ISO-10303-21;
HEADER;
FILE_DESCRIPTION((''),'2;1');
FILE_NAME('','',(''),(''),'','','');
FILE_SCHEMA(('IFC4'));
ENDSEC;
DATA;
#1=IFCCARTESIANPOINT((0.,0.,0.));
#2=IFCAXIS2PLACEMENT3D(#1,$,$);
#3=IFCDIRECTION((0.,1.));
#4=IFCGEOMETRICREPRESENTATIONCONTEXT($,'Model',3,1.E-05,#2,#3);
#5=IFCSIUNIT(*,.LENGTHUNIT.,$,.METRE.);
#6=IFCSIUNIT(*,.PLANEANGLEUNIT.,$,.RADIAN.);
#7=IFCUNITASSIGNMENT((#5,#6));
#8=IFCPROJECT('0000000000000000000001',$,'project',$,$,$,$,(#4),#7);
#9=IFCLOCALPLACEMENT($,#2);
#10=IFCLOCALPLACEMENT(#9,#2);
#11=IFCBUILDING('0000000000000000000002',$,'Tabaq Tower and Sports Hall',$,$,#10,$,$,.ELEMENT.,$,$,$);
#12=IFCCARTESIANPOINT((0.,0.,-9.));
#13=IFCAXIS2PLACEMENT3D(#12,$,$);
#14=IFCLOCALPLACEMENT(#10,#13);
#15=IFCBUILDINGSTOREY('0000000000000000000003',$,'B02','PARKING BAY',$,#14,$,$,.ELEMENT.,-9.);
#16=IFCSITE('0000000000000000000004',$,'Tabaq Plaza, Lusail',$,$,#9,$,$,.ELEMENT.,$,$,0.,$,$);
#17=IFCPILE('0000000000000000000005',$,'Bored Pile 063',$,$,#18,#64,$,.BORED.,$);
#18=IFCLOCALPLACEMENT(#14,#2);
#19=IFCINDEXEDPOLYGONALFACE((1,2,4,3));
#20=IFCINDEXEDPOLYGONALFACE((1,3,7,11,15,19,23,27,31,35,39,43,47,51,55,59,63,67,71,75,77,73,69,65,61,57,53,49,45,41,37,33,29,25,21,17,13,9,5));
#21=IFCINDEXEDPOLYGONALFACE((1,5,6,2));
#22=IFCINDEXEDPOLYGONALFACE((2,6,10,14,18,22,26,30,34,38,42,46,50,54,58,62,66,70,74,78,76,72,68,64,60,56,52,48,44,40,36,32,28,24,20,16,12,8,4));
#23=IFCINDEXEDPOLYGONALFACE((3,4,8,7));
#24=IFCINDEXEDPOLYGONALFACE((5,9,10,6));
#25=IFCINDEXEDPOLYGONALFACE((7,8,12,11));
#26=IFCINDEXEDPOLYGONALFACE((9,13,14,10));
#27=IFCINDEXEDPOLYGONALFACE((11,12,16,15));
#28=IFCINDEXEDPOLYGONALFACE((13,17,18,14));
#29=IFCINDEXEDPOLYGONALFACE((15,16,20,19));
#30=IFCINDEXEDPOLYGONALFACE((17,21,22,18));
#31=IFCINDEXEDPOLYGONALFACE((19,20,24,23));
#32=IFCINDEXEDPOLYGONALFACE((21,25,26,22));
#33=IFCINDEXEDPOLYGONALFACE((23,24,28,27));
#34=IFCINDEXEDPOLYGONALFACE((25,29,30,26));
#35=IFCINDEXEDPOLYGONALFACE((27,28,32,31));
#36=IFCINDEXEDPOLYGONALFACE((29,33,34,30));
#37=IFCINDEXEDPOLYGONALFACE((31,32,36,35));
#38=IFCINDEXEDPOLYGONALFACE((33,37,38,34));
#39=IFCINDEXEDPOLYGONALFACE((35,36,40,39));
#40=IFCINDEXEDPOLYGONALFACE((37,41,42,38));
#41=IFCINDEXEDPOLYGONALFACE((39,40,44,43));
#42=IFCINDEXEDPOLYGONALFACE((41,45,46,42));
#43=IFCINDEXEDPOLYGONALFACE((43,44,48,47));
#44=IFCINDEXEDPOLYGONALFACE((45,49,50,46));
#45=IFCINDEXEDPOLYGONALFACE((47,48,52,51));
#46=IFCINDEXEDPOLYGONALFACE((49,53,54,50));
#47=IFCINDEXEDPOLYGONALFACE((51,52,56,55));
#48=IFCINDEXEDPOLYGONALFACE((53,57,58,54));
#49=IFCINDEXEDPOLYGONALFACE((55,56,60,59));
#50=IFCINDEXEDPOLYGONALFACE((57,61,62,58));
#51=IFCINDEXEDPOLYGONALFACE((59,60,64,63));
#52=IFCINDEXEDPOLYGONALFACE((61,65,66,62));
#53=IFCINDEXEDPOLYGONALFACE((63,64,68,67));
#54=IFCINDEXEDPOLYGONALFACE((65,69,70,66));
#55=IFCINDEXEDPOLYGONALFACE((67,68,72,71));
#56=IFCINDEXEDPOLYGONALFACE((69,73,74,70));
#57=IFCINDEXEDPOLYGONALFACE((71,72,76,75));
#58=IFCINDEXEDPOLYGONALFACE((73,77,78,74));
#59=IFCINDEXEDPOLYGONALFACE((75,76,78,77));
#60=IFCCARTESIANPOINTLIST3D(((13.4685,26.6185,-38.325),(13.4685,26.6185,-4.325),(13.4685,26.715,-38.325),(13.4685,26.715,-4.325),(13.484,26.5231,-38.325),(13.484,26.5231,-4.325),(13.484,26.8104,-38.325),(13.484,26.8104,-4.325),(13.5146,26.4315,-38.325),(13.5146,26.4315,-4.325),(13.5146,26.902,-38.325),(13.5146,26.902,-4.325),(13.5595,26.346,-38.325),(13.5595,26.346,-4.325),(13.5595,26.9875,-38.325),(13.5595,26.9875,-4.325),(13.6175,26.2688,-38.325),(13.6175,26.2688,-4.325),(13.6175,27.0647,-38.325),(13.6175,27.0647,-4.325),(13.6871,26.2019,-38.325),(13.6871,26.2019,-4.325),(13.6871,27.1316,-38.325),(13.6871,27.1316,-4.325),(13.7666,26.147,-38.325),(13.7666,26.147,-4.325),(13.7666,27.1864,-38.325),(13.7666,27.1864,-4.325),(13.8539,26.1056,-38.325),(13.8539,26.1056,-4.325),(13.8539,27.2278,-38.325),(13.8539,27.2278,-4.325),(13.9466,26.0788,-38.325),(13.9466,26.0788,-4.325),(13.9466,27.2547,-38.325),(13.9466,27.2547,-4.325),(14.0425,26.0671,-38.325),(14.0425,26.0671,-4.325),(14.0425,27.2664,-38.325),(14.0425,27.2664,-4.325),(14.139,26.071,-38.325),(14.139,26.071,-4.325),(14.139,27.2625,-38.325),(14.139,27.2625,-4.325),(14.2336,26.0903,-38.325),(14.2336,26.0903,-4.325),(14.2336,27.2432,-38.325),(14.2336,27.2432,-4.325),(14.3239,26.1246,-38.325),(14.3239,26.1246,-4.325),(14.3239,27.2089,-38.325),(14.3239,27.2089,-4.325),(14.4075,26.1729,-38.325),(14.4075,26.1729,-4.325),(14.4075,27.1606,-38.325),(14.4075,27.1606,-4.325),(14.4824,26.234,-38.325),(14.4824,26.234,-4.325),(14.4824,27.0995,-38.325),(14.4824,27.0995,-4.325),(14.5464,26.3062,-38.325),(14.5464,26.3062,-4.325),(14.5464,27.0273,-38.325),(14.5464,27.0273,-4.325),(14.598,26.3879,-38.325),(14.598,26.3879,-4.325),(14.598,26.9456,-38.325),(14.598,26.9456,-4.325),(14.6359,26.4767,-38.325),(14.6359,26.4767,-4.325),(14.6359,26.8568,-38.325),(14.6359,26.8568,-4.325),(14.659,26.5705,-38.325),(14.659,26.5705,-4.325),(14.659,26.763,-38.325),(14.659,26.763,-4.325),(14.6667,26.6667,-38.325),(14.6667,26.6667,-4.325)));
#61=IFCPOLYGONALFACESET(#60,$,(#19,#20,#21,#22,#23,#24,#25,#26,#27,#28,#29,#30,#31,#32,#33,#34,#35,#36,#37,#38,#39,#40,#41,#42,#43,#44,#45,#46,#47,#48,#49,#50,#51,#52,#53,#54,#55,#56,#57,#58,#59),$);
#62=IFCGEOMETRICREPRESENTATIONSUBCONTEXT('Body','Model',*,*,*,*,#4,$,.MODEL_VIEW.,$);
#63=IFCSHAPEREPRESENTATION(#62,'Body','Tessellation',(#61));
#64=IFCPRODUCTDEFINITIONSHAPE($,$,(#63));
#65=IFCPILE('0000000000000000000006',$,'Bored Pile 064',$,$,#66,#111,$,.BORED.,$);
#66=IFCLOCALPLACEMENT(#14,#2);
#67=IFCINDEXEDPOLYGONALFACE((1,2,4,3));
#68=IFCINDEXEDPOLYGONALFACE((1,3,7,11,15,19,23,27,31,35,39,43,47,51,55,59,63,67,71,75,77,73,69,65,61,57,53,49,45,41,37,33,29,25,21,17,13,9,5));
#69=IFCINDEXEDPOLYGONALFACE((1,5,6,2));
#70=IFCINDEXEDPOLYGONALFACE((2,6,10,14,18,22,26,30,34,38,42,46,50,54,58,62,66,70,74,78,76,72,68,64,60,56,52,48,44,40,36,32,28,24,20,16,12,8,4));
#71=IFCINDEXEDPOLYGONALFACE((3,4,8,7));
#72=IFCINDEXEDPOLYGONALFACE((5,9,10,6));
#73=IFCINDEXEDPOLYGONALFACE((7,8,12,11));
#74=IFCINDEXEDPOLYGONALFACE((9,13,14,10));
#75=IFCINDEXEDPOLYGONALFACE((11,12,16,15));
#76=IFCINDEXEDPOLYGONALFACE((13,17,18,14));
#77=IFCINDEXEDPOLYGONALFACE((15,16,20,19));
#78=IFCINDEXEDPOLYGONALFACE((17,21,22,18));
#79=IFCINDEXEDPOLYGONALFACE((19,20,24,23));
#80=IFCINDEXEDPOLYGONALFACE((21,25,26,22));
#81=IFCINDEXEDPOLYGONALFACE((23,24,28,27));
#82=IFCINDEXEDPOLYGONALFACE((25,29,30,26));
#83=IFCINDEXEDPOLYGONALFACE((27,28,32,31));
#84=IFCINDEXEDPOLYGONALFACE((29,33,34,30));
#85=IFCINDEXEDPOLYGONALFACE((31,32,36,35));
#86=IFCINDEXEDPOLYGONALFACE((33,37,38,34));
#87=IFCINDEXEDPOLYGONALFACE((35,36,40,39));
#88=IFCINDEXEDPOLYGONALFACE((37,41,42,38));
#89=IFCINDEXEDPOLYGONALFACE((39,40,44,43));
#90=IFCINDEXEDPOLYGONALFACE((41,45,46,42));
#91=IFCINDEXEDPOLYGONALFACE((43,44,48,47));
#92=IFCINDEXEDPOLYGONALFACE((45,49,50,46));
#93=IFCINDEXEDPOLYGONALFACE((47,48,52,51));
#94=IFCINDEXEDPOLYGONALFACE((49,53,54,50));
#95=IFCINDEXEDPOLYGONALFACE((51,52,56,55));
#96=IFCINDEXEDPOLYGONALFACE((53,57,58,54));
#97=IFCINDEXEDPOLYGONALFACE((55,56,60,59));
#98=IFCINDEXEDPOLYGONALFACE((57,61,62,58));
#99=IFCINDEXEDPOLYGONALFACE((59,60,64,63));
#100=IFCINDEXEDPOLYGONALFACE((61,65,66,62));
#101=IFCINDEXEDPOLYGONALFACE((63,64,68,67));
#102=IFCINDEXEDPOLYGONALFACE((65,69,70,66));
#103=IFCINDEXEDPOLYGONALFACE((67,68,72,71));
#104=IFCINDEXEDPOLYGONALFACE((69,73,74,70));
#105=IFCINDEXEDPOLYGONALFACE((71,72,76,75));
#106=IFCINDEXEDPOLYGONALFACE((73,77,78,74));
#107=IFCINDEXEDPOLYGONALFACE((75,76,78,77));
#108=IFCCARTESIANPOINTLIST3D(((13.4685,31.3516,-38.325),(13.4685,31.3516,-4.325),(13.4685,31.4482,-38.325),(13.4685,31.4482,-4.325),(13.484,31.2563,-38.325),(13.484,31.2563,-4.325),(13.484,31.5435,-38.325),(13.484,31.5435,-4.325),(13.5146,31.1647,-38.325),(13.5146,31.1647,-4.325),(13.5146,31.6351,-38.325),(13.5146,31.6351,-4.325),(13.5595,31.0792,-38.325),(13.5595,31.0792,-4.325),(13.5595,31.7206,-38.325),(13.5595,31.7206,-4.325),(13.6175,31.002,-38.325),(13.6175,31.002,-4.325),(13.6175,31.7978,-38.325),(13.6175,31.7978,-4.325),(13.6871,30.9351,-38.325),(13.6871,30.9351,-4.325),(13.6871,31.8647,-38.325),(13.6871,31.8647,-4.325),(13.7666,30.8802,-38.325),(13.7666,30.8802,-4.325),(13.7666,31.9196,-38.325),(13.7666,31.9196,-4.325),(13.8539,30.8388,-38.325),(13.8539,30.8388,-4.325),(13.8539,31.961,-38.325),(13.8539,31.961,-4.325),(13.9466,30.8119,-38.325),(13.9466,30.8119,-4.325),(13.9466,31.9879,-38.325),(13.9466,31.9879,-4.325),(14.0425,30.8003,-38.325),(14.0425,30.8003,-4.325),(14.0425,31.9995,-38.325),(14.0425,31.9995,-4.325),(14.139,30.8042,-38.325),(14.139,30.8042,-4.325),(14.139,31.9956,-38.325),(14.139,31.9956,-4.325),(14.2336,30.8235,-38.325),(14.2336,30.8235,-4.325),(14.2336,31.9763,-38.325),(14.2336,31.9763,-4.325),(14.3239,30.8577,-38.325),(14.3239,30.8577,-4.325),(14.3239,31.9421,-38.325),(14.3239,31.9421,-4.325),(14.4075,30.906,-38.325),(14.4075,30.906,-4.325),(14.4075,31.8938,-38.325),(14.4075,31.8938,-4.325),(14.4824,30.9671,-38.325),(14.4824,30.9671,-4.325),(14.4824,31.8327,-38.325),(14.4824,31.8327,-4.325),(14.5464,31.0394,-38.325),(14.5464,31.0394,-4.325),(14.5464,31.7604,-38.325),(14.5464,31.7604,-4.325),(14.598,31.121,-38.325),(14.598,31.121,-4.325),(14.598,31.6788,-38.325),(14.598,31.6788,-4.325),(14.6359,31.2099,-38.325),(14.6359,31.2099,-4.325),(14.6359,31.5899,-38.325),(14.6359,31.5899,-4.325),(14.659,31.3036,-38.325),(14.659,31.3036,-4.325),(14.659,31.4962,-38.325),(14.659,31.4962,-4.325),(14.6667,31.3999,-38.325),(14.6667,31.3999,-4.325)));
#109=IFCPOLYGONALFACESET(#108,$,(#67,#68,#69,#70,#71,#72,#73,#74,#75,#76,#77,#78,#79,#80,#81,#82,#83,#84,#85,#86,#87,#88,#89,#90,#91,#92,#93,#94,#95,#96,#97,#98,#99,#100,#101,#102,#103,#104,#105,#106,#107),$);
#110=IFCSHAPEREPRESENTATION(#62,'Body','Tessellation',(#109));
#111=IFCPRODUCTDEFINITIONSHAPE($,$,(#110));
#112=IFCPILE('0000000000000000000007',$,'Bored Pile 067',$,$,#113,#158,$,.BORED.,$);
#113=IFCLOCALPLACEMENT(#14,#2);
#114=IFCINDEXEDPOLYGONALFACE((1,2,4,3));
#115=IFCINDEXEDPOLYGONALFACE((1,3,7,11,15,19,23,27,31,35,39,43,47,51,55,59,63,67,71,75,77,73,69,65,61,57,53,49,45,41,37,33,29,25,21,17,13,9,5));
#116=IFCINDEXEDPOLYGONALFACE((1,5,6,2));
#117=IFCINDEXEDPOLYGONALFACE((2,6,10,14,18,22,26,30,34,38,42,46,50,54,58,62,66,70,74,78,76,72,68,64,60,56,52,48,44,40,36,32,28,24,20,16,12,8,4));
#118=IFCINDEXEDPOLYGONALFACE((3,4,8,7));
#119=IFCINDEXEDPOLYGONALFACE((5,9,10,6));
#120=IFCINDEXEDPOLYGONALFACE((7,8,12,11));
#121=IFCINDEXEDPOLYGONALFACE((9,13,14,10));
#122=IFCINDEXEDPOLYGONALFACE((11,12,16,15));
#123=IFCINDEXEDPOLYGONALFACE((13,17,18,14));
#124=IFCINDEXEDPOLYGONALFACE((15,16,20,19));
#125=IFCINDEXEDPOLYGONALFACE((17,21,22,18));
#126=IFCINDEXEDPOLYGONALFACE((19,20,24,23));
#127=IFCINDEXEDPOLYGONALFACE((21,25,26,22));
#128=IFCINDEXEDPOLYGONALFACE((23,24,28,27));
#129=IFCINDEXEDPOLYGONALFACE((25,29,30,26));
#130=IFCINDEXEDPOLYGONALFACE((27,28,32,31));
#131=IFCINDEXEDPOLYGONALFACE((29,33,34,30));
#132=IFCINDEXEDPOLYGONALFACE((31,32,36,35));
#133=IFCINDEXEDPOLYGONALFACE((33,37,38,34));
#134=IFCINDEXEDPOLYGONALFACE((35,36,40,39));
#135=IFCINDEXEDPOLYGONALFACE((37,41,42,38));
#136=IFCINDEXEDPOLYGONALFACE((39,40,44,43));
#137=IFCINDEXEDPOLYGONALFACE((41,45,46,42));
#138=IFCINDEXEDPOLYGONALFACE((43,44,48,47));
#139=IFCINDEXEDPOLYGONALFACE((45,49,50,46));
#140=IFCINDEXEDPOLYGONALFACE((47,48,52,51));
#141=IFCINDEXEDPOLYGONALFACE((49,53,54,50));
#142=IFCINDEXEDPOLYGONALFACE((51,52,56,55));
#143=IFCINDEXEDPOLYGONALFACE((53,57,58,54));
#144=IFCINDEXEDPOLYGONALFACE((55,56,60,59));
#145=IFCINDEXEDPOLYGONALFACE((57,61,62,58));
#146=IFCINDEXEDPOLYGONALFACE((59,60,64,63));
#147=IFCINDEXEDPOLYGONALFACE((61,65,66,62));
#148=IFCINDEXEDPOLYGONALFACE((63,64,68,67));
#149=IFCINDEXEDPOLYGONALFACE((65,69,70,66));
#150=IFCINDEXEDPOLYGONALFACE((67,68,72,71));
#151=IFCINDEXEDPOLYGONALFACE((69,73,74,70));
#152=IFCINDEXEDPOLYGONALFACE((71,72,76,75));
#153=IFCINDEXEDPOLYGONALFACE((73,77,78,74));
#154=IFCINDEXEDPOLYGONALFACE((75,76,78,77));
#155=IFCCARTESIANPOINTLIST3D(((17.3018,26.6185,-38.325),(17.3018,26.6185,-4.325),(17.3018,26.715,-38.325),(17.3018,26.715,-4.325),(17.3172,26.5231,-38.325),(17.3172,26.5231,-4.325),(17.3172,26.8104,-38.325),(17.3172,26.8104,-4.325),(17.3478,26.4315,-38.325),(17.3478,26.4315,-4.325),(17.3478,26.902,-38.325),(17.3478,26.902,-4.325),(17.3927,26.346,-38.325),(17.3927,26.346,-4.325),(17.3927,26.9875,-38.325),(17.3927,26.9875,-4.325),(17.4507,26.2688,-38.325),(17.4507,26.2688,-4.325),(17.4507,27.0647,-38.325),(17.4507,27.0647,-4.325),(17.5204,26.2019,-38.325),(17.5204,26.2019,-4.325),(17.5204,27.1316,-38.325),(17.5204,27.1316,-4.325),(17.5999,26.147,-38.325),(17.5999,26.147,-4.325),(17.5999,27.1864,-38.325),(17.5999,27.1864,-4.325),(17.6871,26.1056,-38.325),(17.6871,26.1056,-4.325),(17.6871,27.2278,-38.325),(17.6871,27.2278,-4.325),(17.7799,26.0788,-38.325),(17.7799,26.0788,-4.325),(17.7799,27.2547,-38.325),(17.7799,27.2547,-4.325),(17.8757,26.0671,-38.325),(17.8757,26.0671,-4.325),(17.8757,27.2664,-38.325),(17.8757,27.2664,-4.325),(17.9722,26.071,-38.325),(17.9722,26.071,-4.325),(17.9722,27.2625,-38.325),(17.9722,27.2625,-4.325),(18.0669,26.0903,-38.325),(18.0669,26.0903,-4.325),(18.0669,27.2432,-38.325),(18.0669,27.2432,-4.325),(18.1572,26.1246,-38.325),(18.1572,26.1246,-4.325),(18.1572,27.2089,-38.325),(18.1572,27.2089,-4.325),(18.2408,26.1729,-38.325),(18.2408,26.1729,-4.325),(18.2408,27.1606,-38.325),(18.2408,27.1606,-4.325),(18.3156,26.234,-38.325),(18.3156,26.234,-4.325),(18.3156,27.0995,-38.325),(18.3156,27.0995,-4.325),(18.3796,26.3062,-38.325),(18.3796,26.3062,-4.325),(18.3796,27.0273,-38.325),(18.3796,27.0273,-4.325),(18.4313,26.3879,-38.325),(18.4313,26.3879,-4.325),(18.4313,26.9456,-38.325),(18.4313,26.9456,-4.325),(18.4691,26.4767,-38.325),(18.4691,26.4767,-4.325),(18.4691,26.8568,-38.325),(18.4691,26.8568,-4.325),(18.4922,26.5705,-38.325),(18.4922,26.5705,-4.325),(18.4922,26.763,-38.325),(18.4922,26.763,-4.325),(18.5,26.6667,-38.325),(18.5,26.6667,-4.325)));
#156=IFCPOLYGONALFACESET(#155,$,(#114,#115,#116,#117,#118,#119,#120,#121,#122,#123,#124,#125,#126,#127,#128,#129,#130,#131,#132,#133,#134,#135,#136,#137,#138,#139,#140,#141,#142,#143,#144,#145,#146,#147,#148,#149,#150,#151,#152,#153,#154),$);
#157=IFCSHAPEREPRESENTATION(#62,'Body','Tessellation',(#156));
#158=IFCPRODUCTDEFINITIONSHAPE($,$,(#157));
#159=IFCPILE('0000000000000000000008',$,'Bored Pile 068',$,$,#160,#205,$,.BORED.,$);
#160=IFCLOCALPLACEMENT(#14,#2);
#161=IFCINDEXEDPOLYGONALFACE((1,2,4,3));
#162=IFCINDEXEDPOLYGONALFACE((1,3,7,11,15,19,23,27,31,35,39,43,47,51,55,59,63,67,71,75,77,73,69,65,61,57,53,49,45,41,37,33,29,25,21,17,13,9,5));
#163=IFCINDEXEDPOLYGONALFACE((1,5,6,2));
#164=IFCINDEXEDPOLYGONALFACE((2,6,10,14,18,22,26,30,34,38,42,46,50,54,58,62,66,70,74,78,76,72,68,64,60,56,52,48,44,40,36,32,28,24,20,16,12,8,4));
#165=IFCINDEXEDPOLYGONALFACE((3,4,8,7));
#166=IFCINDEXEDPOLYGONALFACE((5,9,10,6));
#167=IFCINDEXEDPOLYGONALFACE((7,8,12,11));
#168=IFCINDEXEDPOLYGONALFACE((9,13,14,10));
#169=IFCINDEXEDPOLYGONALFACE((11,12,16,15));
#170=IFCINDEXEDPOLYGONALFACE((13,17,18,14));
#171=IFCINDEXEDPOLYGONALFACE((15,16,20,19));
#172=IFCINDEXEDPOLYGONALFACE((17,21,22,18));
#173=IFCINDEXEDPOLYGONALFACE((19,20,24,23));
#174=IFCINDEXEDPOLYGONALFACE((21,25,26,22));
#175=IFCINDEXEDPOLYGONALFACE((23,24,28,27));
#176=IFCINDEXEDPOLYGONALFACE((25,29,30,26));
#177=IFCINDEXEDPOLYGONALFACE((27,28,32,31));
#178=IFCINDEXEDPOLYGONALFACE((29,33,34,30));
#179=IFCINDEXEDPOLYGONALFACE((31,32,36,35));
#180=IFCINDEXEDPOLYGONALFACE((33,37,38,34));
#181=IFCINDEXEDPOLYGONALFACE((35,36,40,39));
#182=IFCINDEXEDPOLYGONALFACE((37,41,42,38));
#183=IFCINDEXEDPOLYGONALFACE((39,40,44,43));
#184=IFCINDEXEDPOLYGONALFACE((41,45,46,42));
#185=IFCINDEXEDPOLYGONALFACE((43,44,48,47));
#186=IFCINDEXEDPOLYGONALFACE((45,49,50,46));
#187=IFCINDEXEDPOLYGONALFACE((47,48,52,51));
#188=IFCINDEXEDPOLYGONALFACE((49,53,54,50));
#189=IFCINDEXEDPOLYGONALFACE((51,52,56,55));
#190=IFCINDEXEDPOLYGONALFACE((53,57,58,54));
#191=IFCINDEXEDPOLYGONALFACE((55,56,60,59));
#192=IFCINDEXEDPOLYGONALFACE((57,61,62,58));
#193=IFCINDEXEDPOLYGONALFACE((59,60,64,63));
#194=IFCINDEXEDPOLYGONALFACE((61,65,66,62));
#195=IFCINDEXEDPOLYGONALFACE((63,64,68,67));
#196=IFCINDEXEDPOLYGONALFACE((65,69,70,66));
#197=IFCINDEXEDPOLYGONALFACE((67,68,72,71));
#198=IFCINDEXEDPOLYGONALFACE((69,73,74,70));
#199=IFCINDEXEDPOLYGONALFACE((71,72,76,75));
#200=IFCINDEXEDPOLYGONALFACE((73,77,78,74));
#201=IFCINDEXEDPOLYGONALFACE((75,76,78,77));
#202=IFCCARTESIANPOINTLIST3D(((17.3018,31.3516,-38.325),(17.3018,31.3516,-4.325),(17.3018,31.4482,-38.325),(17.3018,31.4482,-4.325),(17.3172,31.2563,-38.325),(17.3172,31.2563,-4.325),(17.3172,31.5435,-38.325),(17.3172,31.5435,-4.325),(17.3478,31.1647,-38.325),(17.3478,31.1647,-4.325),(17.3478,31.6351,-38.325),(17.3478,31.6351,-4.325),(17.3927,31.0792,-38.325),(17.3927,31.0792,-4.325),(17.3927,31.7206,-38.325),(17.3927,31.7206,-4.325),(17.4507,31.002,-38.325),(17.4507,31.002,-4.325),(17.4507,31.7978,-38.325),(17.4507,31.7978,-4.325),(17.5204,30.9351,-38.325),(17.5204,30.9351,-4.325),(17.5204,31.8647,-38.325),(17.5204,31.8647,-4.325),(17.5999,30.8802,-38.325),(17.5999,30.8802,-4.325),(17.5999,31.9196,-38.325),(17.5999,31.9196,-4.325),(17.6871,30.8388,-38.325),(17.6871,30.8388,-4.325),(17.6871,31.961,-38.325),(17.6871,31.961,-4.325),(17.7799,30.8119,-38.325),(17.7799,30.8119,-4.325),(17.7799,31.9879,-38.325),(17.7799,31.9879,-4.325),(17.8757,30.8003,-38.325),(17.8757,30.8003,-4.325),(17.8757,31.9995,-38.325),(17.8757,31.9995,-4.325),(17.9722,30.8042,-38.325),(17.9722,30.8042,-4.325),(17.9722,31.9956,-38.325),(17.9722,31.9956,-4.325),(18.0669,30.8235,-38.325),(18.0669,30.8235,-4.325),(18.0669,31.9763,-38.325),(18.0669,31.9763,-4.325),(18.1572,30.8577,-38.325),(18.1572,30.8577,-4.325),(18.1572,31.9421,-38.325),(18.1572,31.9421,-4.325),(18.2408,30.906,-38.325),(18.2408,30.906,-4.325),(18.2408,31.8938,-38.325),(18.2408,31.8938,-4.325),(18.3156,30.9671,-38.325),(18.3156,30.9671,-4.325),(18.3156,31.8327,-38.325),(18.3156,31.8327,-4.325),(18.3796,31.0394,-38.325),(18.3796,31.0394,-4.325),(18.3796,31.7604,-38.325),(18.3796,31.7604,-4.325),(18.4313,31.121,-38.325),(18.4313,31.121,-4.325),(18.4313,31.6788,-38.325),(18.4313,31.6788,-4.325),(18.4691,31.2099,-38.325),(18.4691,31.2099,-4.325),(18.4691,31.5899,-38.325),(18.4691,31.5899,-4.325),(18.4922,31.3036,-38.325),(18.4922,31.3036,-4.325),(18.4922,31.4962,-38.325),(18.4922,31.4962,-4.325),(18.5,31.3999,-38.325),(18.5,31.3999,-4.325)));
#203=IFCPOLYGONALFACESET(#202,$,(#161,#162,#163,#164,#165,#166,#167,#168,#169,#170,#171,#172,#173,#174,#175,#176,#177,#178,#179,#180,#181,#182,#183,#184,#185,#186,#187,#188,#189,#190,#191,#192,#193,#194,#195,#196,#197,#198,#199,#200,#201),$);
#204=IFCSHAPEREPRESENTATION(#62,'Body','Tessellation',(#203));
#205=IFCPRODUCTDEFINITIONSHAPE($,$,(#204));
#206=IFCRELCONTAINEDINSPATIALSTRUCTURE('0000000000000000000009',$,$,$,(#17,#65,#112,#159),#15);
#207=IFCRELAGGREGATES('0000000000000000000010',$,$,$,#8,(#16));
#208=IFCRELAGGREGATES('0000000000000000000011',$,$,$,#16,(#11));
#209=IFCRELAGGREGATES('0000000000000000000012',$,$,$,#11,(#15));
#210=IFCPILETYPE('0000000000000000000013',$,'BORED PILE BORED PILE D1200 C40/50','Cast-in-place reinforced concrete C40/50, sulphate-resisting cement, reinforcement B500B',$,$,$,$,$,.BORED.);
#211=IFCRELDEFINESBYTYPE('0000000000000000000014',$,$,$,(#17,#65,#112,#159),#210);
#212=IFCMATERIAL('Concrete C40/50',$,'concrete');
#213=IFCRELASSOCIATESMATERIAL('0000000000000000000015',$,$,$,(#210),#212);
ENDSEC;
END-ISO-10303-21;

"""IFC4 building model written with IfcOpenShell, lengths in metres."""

from ifc_helpers import new_model, si_unit, direction, frame, origin, origin_2d, place, context, subcontext, project, spatial, circle, extrude, material, material_profile, profile_set, type_object, element, save


model = new_model("IFC4")

# Units and contexts
model_context = context("Model", 3, precision=1e-05, world=origin(), true_north=direction((0.0, 1.0)))
body_context = subcontext(model_context, "Body", "Model", "MODEL_VIEW")
ifc_project = project(units=[si_unit("LENGTHUNIT", "METRE"), si_unit("PLANEANGLEUNIT", "RADIAN")], contexts=[model_context])

# Site, building, storey
site_placement = place(None, origin())
site = spatial("IfcSite", under=ifc_project, at=site_placement, Name="Tabaq Plaza, Lusail", CompositionType="ELEMENT", RefElevation=0.0)
building_placement = place(site_placement, origin())
building = spatial("IfcBuilding", under=site, at=building_placement, Name="Tabaq Tower and Sports Hall", CompositionType="ELEMENT")
storey_placement = place(building_placement, frame((0.0, 0.0, -9.0)))
storey = spatial("IfcBuildingStorey", under=building, at=storey_placement, Name="B02", Description="PARKING BAY", CompositionType="ELEMENT", Elevation=-9.0)

# Piles
ifc_material_1 = material(Name="Concrete C40/50", Category="concrete")
ifc_material_profile_1 = material_profile(ifc_material_1, circle(Radius=0.6001, at=origin_2d()), Name="BORED PILE D1200")
ifc_profile_set_1 = profile_set([ifc_material_profile_1], Name="Concrete C40/50")
pile_type_1 = type_object("IfcPileType", Name="BORED PILE BORED PILE D1200 C40/50", Description="Cast-in-place reinforced concrete C40/50, sulphate-resisting cement, reinforcement B500B", PredefinedType="BORED", material=ifc_profile_set_1)
for number, where, z_axis, x_axis, name in (
    (1, (14.0667, 26.6667, -4.325), (0.0, 0.0, -1.0), (1.0, 0.0, 0.0), "Bored Pile 063"),
    (2, (14.0667, 31.3999, -4.325), (0.0, 0.0, -1.0), (1.0, 0.0, 0.0), "Bored Pile 064"),
    (3, (17.8999, 26.6667, -4.325), (0.0, 0.0, -1.0), (1.0, 0.0, 0.0), "Bored Pile 067"),
    (4, (17.8999, 31.3999, -4.325), (0.0, 0.0, -1.0), (1.0, 0.0, 0.0), "Bored Pile 068"),
):
    element("IfcPile", number, at=place(storey_placement, frame(where, z_axis=z_axis, x_axis=x_axis)), inside=storey, type_object=pile_type_1, Name=name, PredefinedType="BORED", context=body_context, shape_type="SweptSolid", body=[
        extrude(circle(Radius=0.6001, at=origin_2d()), origin(), (0.0, 0.0, 1.0), 34.0),
    ])

save(model, "model.ifc")
